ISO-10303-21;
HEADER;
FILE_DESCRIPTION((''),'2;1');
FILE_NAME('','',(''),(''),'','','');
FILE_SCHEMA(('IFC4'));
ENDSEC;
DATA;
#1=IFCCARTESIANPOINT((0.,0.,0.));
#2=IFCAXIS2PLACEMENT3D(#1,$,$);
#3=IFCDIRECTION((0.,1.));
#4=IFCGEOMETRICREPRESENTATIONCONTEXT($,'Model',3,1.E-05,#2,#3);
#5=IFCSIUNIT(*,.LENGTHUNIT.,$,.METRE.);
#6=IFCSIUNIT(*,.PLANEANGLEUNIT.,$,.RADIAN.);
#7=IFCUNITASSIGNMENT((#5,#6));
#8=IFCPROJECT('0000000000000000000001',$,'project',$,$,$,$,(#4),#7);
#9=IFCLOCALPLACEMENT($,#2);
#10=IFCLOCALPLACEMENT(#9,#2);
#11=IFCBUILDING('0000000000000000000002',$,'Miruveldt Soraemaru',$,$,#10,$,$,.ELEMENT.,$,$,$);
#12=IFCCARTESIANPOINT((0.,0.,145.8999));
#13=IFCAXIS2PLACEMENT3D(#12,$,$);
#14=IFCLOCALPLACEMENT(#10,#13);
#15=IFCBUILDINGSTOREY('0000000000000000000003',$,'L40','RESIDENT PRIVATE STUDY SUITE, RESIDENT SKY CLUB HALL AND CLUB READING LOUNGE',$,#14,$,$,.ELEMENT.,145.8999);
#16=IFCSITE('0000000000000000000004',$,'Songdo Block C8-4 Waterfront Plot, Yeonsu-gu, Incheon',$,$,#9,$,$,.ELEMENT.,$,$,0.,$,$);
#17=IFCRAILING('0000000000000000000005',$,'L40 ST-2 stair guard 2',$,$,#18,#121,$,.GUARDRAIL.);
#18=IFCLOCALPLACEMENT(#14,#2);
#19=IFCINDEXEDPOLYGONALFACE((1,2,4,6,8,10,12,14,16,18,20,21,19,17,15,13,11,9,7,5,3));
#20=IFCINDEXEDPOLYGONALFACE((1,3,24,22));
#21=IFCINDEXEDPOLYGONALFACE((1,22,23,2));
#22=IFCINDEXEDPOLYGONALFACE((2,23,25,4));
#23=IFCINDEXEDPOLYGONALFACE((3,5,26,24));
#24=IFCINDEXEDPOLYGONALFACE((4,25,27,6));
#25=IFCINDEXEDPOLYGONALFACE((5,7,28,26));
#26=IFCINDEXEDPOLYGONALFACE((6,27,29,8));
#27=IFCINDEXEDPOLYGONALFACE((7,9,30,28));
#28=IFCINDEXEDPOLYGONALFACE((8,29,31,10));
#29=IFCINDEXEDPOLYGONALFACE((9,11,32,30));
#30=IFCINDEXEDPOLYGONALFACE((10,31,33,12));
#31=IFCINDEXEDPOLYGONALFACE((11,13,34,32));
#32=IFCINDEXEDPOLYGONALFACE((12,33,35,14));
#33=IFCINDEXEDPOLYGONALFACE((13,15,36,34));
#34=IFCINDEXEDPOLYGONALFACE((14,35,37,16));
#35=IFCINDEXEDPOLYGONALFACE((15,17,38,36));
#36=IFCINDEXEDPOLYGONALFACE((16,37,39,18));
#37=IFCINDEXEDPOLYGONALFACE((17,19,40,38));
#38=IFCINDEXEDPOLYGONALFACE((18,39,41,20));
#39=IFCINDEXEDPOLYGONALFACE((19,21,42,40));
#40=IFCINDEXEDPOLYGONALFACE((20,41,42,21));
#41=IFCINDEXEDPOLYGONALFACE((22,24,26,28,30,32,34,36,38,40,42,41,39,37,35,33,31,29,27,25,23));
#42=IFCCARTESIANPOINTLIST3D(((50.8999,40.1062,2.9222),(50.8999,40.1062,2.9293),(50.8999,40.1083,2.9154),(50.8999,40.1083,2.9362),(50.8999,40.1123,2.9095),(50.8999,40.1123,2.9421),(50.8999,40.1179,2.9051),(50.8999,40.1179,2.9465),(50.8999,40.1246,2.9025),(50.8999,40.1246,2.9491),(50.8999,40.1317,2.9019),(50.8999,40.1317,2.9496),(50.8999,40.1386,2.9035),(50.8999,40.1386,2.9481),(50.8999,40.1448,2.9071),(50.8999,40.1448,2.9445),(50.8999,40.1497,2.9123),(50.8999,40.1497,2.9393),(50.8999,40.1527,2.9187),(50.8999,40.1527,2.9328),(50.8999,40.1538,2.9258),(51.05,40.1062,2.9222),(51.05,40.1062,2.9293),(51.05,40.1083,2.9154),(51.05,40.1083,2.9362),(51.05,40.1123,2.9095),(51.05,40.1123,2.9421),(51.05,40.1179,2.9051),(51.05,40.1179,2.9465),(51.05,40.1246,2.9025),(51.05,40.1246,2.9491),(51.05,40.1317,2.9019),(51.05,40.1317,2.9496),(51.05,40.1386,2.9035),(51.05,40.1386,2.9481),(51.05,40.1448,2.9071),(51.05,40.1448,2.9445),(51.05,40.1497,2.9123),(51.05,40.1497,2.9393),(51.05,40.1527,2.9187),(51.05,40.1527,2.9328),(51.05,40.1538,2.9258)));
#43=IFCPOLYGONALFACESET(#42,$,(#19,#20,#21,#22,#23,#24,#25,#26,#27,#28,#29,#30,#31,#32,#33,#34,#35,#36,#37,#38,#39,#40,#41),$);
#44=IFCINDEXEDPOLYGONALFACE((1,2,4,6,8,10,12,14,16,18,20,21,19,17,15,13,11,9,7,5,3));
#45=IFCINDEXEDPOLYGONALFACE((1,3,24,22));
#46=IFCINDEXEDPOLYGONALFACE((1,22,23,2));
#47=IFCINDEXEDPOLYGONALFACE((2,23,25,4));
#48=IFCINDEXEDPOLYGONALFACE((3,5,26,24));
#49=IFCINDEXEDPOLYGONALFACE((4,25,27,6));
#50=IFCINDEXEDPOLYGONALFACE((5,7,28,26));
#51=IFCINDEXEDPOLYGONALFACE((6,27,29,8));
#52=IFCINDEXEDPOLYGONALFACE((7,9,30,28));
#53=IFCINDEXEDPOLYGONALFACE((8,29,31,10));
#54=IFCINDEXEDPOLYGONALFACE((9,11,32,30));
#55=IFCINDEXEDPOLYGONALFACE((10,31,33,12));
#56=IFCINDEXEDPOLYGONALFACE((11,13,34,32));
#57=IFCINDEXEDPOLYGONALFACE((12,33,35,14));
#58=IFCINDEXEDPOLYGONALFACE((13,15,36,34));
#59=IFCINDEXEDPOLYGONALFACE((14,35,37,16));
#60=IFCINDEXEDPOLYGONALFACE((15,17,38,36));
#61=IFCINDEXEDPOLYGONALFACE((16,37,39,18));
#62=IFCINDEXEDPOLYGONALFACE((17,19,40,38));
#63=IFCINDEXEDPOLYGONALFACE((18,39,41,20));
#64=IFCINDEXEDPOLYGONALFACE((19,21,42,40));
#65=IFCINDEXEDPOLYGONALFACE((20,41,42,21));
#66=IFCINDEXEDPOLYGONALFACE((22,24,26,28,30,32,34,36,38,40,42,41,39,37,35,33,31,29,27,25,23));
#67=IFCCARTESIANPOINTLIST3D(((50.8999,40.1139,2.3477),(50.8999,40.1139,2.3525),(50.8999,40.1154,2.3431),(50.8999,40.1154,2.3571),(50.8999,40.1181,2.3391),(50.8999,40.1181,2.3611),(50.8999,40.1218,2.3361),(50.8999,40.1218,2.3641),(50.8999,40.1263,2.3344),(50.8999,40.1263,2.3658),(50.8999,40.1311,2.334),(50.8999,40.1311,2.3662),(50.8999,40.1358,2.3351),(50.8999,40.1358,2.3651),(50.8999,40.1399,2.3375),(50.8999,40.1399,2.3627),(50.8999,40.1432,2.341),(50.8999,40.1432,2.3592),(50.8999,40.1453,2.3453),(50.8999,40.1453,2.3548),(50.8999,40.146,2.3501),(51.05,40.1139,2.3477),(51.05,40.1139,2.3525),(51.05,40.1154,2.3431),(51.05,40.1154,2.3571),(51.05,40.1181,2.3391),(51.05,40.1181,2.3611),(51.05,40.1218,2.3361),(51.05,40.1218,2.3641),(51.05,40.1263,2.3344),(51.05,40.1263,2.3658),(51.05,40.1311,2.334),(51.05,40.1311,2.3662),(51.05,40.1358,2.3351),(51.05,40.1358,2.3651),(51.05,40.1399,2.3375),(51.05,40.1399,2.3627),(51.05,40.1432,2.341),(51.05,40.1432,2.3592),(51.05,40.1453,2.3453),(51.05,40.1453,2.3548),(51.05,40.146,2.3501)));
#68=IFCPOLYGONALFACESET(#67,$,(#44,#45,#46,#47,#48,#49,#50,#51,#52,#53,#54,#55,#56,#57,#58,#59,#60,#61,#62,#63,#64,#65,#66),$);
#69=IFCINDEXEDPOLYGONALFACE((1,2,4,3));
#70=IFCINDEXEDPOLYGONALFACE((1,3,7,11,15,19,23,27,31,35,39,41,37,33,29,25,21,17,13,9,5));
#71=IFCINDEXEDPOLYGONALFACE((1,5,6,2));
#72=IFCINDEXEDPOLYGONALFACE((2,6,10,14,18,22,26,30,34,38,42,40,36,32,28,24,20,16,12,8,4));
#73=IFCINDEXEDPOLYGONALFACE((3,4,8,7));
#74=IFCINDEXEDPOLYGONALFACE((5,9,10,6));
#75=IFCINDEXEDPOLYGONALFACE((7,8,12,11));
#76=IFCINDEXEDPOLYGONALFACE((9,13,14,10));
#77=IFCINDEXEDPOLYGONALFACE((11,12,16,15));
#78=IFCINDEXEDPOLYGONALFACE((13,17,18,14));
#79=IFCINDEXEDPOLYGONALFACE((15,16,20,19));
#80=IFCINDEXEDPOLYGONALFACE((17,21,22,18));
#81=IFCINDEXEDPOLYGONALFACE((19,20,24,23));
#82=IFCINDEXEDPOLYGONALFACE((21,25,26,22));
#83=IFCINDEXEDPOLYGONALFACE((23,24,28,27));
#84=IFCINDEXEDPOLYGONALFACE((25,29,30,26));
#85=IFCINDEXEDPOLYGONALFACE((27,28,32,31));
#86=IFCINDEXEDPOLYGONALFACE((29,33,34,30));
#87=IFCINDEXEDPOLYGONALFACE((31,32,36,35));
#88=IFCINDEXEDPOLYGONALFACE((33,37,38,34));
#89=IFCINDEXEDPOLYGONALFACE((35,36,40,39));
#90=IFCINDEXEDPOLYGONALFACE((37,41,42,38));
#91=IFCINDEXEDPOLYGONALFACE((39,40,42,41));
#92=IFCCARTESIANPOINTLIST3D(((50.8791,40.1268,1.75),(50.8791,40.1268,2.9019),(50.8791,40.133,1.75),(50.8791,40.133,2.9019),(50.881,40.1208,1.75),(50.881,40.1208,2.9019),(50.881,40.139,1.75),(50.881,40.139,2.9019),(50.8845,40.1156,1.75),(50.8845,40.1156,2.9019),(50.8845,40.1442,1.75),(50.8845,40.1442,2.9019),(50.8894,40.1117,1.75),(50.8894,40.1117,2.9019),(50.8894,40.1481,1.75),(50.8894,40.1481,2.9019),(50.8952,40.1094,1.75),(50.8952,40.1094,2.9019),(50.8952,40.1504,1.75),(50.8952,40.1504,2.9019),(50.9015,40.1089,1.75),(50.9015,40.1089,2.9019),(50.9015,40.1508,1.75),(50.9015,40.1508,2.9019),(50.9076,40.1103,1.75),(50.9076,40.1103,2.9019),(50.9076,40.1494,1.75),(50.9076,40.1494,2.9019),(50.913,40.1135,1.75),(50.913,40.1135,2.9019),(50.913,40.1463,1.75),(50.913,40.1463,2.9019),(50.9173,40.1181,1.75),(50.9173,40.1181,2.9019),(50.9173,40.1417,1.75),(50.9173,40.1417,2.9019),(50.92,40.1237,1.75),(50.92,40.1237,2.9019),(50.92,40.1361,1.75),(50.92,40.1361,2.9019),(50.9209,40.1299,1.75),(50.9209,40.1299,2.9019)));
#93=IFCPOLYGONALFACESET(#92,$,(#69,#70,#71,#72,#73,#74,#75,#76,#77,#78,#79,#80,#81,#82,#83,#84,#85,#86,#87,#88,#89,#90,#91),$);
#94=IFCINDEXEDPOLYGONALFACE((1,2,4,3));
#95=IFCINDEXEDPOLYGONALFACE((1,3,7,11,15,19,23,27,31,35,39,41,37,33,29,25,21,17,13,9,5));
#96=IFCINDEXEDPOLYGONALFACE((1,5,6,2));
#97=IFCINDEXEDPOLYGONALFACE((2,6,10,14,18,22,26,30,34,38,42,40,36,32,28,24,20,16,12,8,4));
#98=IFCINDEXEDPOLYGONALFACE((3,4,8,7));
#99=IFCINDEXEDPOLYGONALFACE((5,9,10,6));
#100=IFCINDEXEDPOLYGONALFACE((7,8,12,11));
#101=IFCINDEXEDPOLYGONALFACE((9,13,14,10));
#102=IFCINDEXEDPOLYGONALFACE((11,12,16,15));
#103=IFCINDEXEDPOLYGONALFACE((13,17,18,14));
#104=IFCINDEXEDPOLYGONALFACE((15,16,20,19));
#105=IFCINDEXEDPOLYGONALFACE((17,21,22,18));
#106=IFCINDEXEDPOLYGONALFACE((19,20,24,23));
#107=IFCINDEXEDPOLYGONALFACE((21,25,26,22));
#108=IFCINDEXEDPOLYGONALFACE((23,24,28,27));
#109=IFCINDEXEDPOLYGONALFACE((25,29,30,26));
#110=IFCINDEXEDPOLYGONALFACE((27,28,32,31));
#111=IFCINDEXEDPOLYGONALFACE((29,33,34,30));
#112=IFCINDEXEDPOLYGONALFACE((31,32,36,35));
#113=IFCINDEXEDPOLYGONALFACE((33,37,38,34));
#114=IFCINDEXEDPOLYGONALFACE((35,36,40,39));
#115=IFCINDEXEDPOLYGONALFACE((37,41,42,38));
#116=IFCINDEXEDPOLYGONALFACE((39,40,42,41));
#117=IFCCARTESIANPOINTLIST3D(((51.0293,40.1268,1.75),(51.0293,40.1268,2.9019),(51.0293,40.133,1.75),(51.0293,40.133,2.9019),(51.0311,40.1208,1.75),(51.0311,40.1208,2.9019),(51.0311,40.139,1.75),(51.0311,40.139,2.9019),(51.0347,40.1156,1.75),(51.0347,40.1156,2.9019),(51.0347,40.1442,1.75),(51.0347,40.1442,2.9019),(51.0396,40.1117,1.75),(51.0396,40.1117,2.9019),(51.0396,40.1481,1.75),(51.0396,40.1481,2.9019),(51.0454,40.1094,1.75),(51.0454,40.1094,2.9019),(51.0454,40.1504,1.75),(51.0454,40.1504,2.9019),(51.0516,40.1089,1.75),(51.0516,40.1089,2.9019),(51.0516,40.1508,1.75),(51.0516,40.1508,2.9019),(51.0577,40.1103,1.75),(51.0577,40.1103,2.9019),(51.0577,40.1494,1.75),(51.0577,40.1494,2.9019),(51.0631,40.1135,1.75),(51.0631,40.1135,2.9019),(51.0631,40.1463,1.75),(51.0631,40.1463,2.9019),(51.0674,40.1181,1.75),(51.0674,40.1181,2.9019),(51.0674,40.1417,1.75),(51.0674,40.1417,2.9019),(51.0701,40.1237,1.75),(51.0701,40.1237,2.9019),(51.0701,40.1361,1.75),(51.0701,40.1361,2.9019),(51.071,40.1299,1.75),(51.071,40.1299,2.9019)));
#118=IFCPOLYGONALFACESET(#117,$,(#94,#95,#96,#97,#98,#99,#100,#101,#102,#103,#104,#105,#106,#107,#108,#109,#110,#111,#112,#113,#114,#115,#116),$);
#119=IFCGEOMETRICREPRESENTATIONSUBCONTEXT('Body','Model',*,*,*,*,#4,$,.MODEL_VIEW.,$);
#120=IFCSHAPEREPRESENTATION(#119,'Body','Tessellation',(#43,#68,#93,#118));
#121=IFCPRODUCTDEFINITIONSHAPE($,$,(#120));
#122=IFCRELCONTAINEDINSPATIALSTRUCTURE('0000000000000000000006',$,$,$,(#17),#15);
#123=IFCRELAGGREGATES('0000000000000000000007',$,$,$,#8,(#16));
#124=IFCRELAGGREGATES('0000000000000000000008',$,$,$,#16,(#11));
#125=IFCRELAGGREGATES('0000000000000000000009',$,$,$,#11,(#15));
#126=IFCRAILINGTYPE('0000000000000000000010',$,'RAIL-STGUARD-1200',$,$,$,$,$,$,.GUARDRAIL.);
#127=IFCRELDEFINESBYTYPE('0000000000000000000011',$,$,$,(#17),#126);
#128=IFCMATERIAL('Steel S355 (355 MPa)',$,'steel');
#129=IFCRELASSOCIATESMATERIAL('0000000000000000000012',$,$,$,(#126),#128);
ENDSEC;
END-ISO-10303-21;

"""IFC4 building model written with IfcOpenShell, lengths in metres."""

from ifc_helpers import new_model, si_unit, direction, frame, origin, origin_2d, place, context, subcontext, project, spatial, circle, extrude, material, type_object, element, save


model = new_model("IFC4")

# Units and contexts
model_context = context("Model", 3, precision=1e-05, world=origin(), true_north=direction((0.0, 1.0)))
body_context = subcontext(model_context, "Body", "Model", "MODEL_VIEW")
ifc_project = project(units=[si_unit("LENGTHUNIT", "METRE"), si_unit("PLANEANGLEUNIT", "RADIAN")], contexts=[model_context])

# Site, building, storey
site_placement = place(None, origin())
site = spatial("IfcSite", under=ifc_project, at=site_placement, Name="Songdo Block C8-4 Waterfront Plot, Yeonsu-gu, Incheon", CompositionType="ELEMENT", RefElevation=0.0)
building_placement = place(site_placement, origin())
building = spatial("IfcBuilding", under=site, at=building_placement, Name="Miruveldt Soraemaru", CompositionType="ELEMENT")
storey_placement = place(building_placement, frame((0.0, 0.0, 145.8999)))
storey = spatial("IfcBuildingStorey", under=building, at=storey_placement, Name="L40", Description="RESIDENT PRIVATE STUDY SUITE, RESIDENT SKY CLUB HALL AND CLUB READING LOUNGE", CompositionType="ELEMENT", Elevation=145.8999)

# Railing
ifc_material_1 = material(Name="Steel S355 (355 MPa)", Category="steel")
railing_type_1 = type_object("IfcRailingType", Name="RAIL-STGUARD-1200", PredefinedType="GUARDRAIL", material=ifc_material_1)
railing_1_placement = place(storey_placement, frame((50.8999, 40.1299, 1.75)))
element("IfcRailing", 1, at=railing_1_placement, inside=storey, type_object=railing_type_1, Name="L40 ST-2 stair guard 2", PredefinedType="GUARDRAIL", context=body_context, shape_type="SweptSolid", body=[
    extrude(circle(Radius=0.0239, at=origin_2d()), frame((0.0, 0.0, 1.1758), z_axis=(1.0, 0.0, 0.0), x_axis=(0.0, 1.0, 0.0)), (0.0, 0.0, 1.0), 0.1501),
    extrude(circle(Radius=0.0161, at=origin_2d()), frame((0.0, 0.0, 0.6001), z_axis=(1.0, 0.0, 0.0), x_axis=(0.0, 1.0, 0.0)), (0.0, 0.0, 1.0), 0.1501),
    extrude(circle(Radius=0.021, at=origin_2d()), origin(), (0.0, 0.0, 1.0), 1.1519),
    extrude(circle(Radius=0.021, at=origin_2d()), frame((0.1501, 0.0, 0.0)), (0.0, 0.0, 1.0), 1.1519),
])

save(model, "model.ifc")
